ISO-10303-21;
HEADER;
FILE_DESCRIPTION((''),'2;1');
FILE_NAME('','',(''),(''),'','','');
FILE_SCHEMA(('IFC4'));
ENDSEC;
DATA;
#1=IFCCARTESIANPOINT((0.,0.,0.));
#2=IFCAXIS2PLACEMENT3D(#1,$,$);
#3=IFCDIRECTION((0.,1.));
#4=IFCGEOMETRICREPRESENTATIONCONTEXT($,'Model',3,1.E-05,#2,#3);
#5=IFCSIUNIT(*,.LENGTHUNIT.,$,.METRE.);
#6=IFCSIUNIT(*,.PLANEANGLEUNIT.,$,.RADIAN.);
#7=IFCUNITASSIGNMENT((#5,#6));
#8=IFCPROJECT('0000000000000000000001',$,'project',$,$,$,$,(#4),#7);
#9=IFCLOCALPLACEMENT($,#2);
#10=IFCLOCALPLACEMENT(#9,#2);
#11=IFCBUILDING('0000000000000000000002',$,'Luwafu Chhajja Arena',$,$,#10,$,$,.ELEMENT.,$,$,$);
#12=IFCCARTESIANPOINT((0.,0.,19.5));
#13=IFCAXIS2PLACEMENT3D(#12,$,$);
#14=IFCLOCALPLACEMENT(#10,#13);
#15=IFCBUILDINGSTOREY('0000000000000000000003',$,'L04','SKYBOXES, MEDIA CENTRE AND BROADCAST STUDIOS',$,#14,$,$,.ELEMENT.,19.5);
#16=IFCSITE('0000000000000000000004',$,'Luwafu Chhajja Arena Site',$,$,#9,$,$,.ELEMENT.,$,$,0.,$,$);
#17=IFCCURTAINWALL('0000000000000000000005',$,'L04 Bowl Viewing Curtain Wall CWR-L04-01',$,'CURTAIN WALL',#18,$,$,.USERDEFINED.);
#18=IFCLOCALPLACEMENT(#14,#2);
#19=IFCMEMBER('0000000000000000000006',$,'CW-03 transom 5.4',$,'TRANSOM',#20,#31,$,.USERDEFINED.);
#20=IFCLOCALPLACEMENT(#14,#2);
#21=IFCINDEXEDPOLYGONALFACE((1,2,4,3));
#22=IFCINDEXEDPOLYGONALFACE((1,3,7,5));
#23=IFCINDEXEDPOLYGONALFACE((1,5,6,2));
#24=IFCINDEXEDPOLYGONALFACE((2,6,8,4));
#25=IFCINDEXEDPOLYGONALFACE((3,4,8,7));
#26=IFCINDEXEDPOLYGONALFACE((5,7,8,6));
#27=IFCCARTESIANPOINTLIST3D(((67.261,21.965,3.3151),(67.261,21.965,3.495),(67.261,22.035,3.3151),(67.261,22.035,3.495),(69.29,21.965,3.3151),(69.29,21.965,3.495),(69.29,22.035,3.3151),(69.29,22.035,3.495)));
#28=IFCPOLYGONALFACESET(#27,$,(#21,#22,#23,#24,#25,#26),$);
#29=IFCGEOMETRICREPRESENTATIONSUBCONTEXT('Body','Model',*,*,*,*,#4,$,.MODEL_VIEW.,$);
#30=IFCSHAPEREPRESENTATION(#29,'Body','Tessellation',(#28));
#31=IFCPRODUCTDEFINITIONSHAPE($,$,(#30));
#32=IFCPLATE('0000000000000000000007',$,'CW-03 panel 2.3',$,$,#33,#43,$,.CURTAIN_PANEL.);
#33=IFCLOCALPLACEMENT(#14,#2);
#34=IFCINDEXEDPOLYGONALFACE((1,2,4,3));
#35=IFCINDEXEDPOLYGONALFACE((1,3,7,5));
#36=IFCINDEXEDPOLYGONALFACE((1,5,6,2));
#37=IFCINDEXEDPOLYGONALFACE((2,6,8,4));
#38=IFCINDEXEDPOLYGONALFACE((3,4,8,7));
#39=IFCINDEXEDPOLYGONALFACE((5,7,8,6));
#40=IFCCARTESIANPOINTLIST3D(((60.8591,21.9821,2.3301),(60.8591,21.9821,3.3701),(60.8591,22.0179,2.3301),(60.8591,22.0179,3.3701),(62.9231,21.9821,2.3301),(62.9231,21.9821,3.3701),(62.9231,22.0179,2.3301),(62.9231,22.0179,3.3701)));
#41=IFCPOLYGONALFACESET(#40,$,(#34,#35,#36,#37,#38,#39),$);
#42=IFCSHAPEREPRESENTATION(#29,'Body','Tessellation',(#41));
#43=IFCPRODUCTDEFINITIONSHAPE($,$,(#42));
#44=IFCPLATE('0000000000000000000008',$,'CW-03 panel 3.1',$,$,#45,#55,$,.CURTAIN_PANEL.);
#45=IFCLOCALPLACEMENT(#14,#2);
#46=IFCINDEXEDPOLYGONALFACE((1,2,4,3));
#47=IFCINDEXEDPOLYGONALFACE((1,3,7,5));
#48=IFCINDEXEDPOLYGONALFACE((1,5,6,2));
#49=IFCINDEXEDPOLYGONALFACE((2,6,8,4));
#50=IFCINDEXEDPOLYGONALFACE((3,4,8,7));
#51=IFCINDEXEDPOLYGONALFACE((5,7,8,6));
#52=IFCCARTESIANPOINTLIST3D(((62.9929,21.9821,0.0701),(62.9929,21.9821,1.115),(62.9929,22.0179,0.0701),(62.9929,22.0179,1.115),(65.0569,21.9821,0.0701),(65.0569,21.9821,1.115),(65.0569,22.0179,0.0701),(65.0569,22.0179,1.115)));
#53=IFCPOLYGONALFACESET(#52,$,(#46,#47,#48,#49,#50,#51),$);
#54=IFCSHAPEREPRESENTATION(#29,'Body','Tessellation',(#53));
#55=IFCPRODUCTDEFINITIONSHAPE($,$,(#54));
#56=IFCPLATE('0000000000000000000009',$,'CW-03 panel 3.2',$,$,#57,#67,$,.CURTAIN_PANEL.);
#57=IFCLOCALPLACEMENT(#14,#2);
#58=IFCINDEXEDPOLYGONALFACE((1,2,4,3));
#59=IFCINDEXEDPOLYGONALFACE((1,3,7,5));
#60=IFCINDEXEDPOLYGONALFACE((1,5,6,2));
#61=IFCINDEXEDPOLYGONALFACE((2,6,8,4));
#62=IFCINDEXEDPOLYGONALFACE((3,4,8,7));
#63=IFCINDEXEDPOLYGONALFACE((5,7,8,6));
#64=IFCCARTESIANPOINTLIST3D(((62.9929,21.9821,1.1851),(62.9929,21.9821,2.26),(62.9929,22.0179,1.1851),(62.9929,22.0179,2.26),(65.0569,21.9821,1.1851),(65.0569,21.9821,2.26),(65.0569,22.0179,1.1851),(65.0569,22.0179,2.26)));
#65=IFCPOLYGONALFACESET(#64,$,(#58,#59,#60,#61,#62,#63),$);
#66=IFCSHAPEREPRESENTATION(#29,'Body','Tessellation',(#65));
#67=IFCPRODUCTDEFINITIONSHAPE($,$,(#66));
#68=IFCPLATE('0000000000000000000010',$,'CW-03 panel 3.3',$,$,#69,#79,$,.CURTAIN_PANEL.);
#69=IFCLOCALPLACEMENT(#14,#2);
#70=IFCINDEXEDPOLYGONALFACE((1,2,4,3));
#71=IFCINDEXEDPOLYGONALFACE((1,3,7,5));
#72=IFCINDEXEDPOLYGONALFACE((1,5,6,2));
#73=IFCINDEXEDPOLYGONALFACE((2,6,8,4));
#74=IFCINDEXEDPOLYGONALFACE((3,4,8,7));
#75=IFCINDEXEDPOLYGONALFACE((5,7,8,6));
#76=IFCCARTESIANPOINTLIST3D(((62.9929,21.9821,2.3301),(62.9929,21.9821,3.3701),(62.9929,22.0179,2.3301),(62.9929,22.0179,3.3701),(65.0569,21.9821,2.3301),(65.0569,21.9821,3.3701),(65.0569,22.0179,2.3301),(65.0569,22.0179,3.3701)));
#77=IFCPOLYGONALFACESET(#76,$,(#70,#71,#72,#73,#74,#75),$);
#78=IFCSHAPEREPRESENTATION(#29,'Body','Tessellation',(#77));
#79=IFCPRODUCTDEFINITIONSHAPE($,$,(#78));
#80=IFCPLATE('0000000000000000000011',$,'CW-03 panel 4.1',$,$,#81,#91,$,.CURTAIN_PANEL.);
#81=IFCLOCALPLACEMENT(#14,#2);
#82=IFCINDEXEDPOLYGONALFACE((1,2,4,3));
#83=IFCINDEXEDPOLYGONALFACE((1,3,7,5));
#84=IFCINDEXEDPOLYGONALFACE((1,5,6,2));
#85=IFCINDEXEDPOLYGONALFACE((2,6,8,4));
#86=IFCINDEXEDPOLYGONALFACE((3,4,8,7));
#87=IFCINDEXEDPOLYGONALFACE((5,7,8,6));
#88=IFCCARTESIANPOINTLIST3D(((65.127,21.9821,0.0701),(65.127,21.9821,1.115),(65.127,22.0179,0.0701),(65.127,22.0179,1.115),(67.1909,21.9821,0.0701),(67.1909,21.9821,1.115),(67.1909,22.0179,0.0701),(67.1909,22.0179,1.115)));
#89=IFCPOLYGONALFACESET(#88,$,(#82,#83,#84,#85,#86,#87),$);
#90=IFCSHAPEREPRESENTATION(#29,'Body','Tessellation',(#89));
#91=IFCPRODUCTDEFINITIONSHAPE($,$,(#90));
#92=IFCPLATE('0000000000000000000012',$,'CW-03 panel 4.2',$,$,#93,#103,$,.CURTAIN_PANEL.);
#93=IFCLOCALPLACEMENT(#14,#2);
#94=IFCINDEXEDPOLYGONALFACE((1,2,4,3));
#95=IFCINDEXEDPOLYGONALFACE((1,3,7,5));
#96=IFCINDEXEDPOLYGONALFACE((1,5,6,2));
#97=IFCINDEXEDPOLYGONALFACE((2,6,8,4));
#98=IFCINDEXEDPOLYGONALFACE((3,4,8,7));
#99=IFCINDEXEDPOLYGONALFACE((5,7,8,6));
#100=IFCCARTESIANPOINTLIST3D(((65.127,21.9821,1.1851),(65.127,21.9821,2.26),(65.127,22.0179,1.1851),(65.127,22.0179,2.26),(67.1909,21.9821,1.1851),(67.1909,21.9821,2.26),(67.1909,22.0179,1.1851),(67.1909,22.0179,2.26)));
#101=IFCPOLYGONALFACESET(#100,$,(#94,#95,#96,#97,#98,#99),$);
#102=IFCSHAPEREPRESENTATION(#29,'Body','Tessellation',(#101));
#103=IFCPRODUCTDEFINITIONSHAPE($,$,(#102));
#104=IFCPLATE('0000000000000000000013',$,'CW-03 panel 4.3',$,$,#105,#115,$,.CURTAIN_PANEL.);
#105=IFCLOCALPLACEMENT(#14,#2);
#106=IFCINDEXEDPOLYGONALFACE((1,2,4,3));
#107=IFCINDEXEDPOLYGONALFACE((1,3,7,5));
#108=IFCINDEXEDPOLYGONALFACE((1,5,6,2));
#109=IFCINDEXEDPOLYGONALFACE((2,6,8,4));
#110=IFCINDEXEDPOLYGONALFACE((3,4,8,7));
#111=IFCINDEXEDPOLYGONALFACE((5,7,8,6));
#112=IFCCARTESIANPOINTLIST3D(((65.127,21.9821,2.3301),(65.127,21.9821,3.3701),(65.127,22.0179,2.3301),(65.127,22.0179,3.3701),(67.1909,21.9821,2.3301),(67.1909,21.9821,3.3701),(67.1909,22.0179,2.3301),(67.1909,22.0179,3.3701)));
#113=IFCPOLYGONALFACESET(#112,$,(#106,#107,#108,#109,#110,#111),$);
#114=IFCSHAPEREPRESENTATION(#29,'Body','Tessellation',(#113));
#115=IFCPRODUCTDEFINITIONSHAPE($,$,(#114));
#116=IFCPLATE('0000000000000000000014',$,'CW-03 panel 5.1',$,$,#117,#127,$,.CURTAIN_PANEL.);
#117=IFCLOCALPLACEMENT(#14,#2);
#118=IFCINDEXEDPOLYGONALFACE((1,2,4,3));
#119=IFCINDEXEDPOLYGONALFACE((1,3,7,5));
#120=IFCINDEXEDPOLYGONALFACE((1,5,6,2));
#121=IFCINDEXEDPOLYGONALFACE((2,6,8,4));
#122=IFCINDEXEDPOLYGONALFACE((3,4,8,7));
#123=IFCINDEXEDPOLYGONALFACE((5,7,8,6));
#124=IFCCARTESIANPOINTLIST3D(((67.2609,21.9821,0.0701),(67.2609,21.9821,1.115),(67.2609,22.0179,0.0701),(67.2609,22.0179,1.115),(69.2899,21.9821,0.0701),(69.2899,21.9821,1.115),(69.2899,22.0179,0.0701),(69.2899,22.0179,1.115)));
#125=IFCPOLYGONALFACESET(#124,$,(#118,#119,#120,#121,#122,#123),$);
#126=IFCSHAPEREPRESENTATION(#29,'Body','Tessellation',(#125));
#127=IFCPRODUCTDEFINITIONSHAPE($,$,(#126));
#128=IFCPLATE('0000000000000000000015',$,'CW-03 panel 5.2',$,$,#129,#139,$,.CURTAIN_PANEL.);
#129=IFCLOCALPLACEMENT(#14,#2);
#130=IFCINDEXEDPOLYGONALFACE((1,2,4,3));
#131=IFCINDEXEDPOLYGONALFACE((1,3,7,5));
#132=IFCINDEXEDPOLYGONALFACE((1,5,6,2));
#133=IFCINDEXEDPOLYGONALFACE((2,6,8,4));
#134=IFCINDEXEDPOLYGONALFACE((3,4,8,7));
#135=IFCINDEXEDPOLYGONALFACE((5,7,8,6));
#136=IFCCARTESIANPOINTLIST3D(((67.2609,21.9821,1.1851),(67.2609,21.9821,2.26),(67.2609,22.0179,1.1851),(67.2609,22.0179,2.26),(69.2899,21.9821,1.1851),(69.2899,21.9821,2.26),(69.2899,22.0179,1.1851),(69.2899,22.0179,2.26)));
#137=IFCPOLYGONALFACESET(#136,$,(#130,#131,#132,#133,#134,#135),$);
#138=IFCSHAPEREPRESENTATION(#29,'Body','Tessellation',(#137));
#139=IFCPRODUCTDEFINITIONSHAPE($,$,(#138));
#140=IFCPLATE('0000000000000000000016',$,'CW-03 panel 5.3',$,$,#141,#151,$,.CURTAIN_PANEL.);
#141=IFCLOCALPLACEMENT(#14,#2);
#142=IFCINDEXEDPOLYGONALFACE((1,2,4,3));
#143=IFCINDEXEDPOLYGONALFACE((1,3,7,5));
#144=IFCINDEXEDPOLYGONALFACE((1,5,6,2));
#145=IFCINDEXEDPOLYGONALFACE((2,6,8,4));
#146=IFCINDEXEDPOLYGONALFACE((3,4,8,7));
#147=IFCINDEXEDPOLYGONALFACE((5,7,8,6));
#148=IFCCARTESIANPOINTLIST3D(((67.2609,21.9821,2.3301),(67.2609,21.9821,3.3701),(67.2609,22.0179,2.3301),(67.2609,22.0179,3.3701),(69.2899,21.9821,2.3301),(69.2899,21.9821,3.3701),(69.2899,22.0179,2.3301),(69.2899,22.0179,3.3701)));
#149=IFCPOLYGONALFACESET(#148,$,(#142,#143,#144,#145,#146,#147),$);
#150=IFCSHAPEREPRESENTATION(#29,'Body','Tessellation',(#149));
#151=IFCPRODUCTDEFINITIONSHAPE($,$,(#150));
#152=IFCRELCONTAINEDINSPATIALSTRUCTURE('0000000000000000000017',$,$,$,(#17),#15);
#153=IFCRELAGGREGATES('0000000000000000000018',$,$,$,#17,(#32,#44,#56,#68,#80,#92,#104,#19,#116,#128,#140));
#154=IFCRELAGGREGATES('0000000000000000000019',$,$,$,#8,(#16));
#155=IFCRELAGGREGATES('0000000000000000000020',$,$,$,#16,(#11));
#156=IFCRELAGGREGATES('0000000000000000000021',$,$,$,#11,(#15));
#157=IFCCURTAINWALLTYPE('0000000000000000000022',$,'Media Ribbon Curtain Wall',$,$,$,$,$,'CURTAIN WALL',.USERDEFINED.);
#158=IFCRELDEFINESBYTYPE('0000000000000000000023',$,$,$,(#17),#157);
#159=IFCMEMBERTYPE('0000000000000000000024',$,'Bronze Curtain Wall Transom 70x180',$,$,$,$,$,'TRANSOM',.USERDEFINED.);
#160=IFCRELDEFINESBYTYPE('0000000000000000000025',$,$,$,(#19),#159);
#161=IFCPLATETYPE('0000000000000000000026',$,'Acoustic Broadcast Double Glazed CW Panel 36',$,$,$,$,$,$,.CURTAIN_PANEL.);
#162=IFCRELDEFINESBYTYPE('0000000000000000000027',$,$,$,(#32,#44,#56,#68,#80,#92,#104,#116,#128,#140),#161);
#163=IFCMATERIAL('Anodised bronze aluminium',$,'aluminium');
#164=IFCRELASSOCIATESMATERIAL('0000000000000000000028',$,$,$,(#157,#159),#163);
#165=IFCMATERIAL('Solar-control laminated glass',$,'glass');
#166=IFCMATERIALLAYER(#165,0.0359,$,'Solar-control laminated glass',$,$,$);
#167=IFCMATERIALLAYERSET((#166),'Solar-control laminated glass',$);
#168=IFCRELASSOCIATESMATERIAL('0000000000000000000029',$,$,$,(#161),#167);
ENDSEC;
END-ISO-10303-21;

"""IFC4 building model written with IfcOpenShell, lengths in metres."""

from ifc_helpers import new_model, si_unit, direction, frame, origin, origin_2d, place, context, subcontext, project, spatial, rectangle, extrude, material, layer, layer_set, material_profile, profile_set, type_object, element, aggregate, save


model = new_model("IFC4")

# Units and contexts
model_context = context("Model", 3, precision=1e-05, world=origin(), true_north=direction((0.0, 1.0)))
body_context = subcontext(model_context, "Body", "Model", "MODEL_VIEW")
ifc_project = project(units=[si_unit("LENGTHUNIT", "METRE"), si_unit("PLANEANGLEUNIT", "RADIAN")], contexts=[model_context])

# Site, building, storey
site_placement = place(None, origin())
site = spatial("IfcSite", under=ifc_project, at=site_placement, Name="Luwafu Chhajja Arena Site", CompositionType="ELEMENT", RefElevation=0.0)
building_placement = place(site_placement, origin())
building = spatial("IfcBuilding", under=site, at=building_placement, Name="Luwafu Chhajja Arena", CompositionType="ELEMENT")
storey_placement = place(building_placement, frame((0.0, 0.0, 19.5)))
storey = spatial("IfcBuildingStorey", under=building, at=storey_placement, Name="L04", Description="SKYBOXES, MEDIA CENTRE AND BROADCAST STUDIOS", CompositionType="ELEMENT", Elevation=19.5)

# Curtain wall, member, plates
ifc_material_1 = material(Name="Anodised bronze aluminium", Category="aluminium")
curtain_wall_type = type_object("IfcCurtainWallType", Name="Media Ribbon Curtain Wall", ElementType="CURTAIN WALL", PredefinedType="USERDEFINED", material=ifc_material_1)
curtain_wall_placement = place(storey_placement, origin())
curtain_wall = element("IfcCurtainWall", 1, at=curtain_wall_placement, inside=storey, type_object=curtain_wall_type, Name="L04 Bowl Viewing Curtain Wall CWR-L04-01", ObjectType="CURTAIN WALL", PredefinedType="USERDEFINED")
ifc_material_profile_1 = material_profile(ifc_material_1, rectangle(XDim=0.0701, YDim=0.1799, at=origin_2d()), Name="CWT 70x180")
ifc_profile_set_1 = profile_set([ifc_material_profile_1], Name="Anodised bronze aluminium")
member_type_1 = type_object("IfcMemberType", Name="Bronze Curtain Wall Transom 70x180", ElementType="TRANSOM", PredefinedType="USERDEFINED", material=ifc_profile_set_1)
member_1_placement = place(storey_placement, frame((67.261, 22.0, 3.405), z_axis=(1.0, 0.0, 0.0), x_axis=(0.0, 1.0, 0.0)))
member_1 = element("IfcMember", 2, at=member_1_placement, type_object=member_type_1, Name="CW-03 transom 5.4", ObjectType="TRANSOM", PredefinedType="USERDEFINED", context=body_context, shape_type="SweptSolid", body=[
    extrude(rectangle(XDim=0.0701, YDim=0.1799, at=origin_2d()), origin(), (0.0, 0.0, 1.0), 2.0291),
])
ifc_material_2 = material(Name="Solar-control laminated glass", Category="glass")
ifc_layer = layer(ifc_material_2, 0.0359, Name="Solar-control laminated glass")
ifc_layer_set = layer_set([ifc_layer], Name="Solar-control laminated glass")
plate_type = type_object("IfcPlateType", Name="Acoustic Broadcast Double Glazed CW Panel 36", PredefinedType="CURTAIN_PANEL", material=ifc_layer_set)
plate_1_placement = place(storey_placement, frame((61.8911, 22.0, 2.3301), z_axis=(0.0, 0.0, 1.0), x_axis=(1.0, 0.0, 0.0)))
plate_1 = element("IfcPlate", 3, at=plate_1_placement, type_object=plate_type, Name="CW-03 panel 2.3", PredefinedType="CURTAIN_PANEL", context=body_context, shape_type="SweptSolid", body=[
    extrude(rectangle(XDim=2.064, YDim=0.0359, at=origin_2d()), origin(), (0.0, 0.0, 1.0), 1.04),
])
plate_2_placement = place(storey_placement, frame((64.0249, 22.0, 0.0701), z_axis=(0.0, 0.0, 1.0), x_axis=(1.0, 0.0, 0.0)))
plate_2 = element("IfcPlate", 4, at=plate_2_placement, type_object=plate_type, Name="CW-03 panel 3.1", PredefinedType="CURTAIN_PANEL", context=body_context, shape_type="SweptSolid", body=[
    extrude(rectangle(XDim=2.064, YDim=0.0359, at=origin_2d()), origin(), (0.0, 0.0, 1.0), 1.0449),
])
plate_3_placement = place(storey_placement, frame((64.0249, 22.0, 1.1851), z_axis=(0.0, 0.0, 1.0), x_axis=(1.0, 0.0, 0.0)))
plate_3 = element("IfcPlate", 5, at=plate_3_placement, type_object=plate_type, Name="CW-03 panel 3.2", PredefinedType="CURTAIN_PANEL", context=body_context, shape_type="SweptSolid", body=[
    extrude(rectangle(XDim=2.064, YDim=0.0359, at=origin_2d()), origin(), (0.0, 0.0, 1.0), 1.075),
])
plate_4_placement = place(storey_placement, frame((64.0249, 22.0, 2.3301), z_axis=(0.0, 0.0, 1.0), x_axis=(1.0, 0.0, 0.0)))
plate_4 = element("IfcPlate", 6, at=plate_4_placement, type_object=plate_type, Name="CW-03 panel 3.3", PredefinedType="CURTAIN_PANEL", context=body_context, shape_type="SweptSolid", body=[
    extrude(rectangle(XDim=2.064, YDim=0.0359, at=origin_2d()), origin(), (0.0, 0.0, 1.0), 1.04),
])
plate_5_placement = place(storey_placement, frame((66.1589, 22.0, 0.0701), z_axis=(0.0, 0.0, 1.0), x_axis=(1.0, 0.0, 0.0)))
plate_5 = element("IfcPlate", 7, at=plate_5_placement, type_object=plate_type, Name="CW-03 panel 4.1", PredefinedType="CURTAIN_PANEL", context=body_context, shape_type="SweptSolid", body=[
    extrude(rectangle(XDim=2.064, YDim=0.0359, at=origin_2d()), origin(), (0.0, 0.0, 1.0), 1.0449),
])
plate_6_placement = place(storey_placement, frame((66.1589, 22.0, 1.1851), z_axis=(0.0, 0.0, 1.0), x_axis=(1.0, 0.0, 0.0)))
plate_6 = element("IfcPlate", 8, at=plate_6_placement, type_object=plate_type, Name="CW-03 panel 4.2", PredefinedType="CURTAIN_PANEL", context=body_context, shape_type="SweptSolid", body=[
    extrude(rectangle(XDim=2.064, YDim=0.0359, at=origin_2d()), origin(), (0.0, 0.0, 1.0), 1.075),
])
plate_7_placement = place(storey_placement, frame((66.1589, 22.0, 2.3301), z_axis=(0.0, 0.0, 1.0), x_axis=(1.0, 0.0, 0.0)))
plate_7 = element("IfcPlate", 9, at=plate_7_placement, type_object=plate_type, Name="CW-03 panel 4.3", PredefinedType="CURTAIN_PANEL", context=body_context, shape_type="SweptSolid", body=[
    extrude(rectangle(XDim=2.064, YDim=0.0359, at=origin_2d()), origin(), (0.0, 0.0, 1.0), 1.04),
])
plate_8_placement = place(storey_placement, frame((68.2754, 22.0, 0.0701), z_axis=(0.0, 0.0, 1.0), x_axis=(1.0, 0.0, 0.0)))
plate_8 = element("IfcPlate", 10, at=plate_8_placement, type_object=plate_type, Name="CW-03 panel 5.1", PredefinedType="CURTAIN_PANEL", context=body_context, shape_type="SweptSolid", body=[
    extrude(rectangle(XDim=2.0291, YDim=0.0359, at=origin_2d()), origin(), (0.0, 0.0, 1.0), 1.0449),
])
plate_9_placement = place(storey_placement, frame((68.2754, 22.0, 1.1851), z_axis=(0.0, 0.0, 1.0), x_axis=(1.0, 0.0, 0.0)))
plate_9 = element("IfcPlate", 11, at=plate_9_placement, type_object=plate_type, Name="CW-03 panel 5.2", PredefinedType="CURTAIN_PANEL", context=body_context, shape_type="SweptSolid", body=[
    extrude(rectangle(XDim=2.0291, YDim=0.0359, at=origin_2d()), origin(), (0.0, 0.0, 1.0), 1.075),
])
plate_10_placement = place(storey_placement, frame((68.2754, 22.0, 2.3301), z_axis=(0.0, 0.0, 1.0), x_axis=(1.0, 0.0, 0.0)))
plate_10 = element("IfcPlate", 12, at=plate_10_placement, type_object=plate_type, Name="CW-03 panel 5.3", PredefinedType="CURTAIN_PANEL", context=body_context, shape_type="SweptSolid", body=[
    extrude(rectangle(XDim=2.0291, YDim=0.0359, at=origin_2d()), origin(), (0.0, 0.0, 1.0), 1.04),
])
aggregate(curtain_wall, [plate_1, plate_2, plate_3, plate_4, plate_5, plate_6, plate_7, member_1, plate_8, plate_9, plate_10])

save(model, "model.ifc")
